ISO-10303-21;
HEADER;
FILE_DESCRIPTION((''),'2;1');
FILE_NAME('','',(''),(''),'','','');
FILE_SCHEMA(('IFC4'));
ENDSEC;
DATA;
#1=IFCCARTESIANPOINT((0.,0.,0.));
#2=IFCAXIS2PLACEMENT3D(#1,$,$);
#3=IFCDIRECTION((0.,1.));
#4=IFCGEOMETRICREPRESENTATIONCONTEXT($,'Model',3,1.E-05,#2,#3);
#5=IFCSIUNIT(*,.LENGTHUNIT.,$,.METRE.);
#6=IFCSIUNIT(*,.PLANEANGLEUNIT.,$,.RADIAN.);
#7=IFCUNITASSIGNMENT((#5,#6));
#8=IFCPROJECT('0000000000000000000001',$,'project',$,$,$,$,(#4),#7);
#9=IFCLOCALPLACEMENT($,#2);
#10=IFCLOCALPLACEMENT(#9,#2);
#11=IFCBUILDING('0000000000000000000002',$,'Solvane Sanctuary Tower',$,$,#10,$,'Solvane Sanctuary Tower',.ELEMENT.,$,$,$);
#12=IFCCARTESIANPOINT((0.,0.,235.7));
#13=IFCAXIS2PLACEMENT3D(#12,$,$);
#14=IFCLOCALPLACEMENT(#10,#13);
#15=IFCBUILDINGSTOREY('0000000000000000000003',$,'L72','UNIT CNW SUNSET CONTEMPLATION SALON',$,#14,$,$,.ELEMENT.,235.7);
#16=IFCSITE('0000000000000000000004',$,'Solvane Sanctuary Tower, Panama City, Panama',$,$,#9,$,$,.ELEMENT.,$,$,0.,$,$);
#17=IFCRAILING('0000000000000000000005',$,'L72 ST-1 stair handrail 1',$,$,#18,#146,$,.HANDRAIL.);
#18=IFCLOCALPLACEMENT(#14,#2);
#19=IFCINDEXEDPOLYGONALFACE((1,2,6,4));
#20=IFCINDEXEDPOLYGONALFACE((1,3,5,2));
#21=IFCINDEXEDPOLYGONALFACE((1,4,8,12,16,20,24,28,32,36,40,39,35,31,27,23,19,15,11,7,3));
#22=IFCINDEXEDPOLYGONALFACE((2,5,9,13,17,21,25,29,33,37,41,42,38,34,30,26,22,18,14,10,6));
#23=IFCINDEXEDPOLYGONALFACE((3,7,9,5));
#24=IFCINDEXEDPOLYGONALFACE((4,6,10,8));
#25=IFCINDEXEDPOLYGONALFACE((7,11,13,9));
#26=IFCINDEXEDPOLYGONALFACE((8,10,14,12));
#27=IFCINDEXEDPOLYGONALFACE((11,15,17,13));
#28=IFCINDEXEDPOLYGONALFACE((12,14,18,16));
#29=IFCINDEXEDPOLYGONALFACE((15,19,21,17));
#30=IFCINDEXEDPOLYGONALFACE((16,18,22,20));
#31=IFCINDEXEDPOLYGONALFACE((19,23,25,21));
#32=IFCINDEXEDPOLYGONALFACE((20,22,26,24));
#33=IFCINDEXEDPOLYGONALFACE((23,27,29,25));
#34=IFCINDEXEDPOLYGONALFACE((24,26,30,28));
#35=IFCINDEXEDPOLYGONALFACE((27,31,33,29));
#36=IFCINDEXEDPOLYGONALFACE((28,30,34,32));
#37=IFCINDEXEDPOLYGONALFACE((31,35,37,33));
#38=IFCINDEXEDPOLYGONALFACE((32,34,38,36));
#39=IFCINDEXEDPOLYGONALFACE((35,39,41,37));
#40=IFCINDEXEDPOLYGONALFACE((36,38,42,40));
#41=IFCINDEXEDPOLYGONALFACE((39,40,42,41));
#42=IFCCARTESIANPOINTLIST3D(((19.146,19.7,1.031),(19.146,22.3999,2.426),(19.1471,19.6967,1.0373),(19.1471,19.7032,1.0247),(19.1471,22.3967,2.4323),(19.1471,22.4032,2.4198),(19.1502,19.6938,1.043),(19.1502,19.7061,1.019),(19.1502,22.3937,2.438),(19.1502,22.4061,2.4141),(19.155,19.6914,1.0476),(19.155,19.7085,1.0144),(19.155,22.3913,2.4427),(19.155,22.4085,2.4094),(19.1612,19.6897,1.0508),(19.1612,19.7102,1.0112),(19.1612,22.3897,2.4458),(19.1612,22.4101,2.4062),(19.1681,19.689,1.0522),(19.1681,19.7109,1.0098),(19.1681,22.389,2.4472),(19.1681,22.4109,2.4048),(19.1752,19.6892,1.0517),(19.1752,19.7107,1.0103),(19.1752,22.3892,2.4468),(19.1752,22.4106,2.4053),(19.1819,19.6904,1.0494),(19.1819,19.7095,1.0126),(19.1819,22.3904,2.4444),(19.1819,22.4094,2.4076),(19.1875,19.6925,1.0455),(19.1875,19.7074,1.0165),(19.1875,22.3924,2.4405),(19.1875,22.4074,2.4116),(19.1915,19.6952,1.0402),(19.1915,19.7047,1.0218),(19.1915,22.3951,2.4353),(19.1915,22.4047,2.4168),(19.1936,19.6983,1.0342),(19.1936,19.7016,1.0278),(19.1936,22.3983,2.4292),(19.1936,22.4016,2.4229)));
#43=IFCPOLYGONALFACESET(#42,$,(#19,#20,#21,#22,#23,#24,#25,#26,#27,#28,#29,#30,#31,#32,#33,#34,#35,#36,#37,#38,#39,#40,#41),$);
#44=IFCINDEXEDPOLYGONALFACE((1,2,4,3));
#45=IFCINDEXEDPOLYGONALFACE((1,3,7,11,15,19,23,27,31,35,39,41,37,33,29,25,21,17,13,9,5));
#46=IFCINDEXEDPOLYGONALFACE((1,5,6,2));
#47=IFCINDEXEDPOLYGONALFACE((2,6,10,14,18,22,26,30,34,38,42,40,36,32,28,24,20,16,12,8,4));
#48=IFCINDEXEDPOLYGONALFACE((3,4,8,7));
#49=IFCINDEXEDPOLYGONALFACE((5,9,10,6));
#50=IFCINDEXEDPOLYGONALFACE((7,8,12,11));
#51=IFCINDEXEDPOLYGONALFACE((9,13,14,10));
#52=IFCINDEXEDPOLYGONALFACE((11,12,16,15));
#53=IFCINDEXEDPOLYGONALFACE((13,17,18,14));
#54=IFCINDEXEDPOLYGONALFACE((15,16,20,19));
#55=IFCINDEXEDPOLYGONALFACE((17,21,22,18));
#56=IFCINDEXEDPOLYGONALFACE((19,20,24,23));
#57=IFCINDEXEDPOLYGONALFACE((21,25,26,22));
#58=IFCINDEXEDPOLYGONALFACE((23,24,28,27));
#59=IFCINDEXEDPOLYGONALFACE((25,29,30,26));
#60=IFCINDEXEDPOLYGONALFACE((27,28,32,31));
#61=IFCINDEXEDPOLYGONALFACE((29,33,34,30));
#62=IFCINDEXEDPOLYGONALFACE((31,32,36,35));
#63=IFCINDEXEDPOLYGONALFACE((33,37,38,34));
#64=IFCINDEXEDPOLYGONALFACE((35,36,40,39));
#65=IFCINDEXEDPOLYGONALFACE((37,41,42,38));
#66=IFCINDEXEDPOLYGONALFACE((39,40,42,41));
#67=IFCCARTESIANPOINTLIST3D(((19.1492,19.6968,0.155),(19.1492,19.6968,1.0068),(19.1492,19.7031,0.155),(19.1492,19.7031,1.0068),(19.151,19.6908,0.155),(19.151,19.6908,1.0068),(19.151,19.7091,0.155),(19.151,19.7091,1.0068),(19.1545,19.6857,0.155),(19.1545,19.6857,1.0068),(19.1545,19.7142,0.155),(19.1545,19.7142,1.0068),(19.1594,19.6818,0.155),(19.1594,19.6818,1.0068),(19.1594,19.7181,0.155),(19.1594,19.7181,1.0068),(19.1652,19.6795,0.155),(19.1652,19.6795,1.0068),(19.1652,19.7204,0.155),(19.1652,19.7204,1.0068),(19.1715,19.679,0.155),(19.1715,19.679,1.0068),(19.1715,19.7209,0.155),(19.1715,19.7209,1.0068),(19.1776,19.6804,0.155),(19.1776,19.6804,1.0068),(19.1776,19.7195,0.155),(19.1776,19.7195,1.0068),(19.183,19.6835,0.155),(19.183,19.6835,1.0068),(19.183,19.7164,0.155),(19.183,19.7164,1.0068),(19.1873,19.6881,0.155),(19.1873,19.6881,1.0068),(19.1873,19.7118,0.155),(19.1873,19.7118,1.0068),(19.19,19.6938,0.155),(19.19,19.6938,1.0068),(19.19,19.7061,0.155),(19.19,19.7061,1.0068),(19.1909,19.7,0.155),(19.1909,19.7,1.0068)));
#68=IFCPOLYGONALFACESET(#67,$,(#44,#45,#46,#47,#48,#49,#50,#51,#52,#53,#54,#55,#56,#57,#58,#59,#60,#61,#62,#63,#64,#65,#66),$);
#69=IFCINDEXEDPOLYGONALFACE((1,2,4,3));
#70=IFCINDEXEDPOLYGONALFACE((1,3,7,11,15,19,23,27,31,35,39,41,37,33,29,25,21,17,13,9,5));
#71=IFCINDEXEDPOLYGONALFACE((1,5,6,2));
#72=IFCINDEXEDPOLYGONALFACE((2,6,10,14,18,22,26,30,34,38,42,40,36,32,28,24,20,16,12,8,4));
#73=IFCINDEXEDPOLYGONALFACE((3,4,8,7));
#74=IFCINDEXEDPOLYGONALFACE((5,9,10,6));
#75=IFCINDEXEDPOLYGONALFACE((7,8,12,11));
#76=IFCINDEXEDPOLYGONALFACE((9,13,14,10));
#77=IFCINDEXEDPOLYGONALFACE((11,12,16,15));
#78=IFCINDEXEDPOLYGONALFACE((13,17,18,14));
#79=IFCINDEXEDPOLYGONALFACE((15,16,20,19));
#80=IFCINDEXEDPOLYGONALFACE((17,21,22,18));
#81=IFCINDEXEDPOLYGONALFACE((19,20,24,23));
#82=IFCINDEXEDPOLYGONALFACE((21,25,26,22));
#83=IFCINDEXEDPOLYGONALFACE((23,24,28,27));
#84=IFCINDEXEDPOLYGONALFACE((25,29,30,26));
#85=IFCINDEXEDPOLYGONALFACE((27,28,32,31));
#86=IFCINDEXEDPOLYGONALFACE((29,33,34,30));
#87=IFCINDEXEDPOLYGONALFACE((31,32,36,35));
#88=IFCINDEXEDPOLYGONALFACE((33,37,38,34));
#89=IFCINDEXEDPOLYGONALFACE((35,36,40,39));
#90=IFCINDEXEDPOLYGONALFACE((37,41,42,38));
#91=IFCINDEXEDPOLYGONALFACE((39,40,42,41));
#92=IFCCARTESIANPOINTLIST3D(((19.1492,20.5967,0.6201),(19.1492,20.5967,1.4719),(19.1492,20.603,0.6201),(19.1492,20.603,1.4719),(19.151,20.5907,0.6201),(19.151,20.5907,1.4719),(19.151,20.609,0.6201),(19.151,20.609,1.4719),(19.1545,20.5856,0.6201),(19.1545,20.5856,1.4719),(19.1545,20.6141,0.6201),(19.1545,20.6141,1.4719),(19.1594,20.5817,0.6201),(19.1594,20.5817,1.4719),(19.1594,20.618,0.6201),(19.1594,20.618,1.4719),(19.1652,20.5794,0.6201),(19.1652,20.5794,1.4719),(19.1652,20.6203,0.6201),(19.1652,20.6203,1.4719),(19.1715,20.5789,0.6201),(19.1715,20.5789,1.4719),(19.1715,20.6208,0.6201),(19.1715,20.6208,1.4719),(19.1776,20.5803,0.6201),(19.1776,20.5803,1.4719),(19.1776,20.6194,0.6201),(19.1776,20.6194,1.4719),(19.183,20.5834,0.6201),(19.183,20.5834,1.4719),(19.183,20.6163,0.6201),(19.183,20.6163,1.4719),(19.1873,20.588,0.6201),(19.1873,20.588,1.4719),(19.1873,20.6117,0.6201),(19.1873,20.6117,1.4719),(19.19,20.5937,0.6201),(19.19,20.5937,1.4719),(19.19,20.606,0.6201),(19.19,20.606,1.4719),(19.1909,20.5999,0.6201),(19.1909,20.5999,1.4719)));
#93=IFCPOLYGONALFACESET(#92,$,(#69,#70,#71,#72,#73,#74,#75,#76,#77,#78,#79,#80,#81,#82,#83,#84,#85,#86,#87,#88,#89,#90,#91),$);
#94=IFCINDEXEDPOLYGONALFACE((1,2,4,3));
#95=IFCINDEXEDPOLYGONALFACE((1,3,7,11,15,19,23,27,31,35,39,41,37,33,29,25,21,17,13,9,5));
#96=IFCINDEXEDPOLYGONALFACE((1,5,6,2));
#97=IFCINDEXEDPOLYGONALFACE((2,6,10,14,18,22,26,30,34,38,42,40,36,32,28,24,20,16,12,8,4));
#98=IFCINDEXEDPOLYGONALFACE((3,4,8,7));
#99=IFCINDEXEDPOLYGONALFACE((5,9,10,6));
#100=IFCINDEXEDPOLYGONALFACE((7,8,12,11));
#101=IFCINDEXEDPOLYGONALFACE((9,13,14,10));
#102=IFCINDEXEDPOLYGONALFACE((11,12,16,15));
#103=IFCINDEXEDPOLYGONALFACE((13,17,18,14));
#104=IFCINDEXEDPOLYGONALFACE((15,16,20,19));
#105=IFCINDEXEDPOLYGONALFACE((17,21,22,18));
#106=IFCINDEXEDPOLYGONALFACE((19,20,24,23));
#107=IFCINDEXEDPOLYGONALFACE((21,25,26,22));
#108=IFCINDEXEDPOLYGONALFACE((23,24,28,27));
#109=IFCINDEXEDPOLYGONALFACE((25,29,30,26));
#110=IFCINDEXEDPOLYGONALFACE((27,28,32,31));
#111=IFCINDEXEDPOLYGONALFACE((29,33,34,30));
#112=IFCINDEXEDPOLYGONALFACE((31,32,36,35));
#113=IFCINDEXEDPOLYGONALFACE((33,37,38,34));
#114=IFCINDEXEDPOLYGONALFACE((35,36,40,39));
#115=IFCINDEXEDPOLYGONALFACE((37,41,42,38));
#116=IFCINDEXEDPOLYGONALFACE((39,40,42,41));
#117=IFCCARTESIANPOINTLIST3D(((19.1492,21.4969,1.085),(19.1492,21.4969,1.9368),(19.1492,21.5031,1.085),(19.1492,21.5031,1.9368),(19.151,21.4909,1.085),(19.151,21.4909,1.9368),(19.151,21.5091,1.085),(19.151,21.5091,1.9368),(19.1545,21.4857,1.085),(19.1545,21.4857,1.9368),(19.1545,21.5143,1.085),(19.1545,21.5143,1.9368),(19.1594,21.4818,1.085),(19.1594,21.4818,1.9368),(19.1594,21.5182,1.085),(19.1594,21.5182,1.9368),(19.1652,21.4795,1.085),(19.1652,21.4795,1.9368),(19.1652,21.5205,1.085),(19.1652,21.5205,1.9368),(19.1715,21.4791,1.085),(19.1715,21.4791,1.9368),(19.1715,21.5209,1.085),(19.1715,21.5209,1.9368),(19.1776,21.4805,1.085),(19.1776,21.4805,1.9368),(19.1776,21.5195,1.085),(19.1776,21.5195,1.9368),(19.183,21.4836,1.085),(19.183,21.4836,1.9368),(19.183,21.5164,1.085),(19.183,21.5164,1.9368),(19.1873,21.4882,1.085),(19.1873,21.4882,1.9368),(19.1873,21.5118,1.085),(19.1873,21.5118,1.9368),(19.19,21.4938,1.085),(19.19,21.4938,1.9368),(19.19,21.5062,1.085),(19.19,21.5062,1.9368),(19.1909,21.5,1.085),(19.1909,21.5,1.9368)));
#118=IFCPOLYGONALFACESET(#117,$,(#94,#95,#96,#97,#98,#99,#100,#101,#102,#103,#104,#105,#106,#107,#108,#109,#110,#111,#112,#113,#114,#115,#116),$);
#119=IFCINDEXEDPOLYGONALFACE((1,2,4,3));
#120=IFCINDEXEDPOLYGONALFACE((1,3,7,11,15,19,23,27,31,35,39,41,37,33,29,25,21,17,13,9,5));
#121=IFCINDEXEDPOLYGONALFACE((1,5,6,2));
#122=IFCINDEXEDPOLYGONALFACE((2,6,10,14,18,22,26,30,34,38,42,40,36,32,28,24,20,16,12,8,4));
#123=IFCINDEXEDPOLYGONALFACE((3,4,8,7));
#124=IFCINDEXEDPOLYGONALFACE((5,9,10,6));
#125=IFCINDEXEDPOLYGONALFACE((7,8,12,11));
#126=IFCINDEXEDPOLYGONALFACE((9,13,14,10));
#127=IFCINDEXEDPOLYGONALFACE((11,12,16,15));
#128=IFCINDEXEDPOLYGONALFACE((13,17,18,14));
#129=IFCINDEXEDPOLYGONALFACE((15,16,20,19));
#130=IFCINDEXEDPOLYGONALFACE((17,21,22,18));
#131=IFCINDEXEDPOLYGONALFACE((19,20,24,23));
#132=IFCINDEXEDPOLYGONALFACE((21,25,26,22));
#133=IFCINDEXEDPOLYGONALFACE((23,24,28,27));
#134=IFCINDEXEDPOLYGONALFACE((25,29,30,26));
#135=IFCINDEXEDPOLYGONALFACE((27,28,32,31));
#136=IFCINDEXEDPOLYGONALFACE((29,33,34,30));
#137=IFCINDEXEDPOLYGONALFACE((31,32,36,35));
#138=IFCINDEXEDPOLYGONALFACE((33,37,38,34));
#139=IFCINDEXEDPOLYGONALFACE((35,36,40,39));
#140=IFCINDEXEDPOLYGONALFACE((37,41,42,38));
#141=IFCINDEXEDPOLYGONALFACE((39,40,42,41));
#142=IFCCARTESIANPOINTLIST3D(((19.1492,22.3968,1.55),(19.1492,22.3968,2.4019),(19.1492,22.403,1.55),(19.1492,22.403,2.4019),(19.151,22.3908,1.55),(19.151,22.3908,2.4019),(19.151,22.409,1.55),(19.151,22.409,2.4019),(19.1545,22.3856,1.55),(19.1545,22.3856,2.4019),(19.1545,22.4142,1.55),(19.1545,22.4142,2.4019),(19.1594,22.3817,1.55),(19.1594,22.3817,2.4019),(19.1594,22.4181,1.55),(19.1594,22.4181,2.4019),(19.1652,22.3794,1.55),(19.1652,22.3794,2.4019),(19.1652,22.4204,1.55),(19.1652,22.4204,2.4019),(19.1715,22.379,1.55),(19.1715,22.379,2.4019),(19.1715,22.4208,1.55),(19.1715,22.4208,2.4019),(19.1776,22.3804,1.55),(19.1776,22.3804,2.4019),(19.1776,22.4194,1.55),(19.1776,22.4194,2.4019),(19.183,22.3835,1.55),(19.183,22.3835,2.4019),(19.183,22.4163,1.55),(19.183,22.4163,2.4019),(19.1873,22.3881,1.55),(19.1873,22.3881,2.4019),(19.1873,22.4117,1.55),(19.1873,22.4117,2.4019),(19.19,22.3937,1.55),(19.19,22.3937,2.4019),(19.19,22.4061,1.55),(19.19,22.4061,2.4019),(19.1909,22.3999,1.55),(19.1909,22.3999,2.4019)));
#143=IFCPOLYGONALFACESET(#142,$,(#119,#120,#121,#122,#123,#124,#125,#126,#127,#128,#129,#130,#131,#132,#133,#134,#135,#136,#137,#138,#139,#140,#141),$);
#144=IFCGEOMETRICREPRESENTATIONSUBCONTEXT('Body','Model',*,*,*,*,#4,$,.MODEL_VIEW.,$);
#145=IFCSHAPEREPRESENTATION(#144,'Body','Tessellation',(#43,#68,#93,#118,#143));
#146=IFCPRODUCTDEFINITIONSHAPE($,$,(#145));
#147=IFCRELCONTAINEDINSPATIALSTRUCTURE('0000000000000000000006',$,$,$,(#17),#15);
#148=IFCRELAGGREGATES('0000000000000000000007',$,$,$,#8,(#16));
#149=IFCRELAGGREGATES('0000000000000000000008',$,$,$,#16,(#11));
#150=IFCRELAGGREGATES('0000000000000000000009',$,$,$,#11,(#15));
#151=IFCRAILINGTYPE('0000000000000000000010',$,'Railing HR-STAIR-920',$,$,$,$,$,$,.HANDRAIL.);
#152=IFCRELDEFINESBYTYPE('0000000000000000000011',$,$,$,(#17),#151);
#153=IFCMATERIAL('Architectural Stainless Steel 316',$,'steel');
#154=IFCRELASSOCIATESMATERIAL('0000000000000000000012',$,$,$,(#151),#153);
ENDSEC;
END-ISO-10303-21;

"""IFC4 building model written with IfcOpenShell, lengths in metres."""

from ifc_helpers import new_model, si_unit, direction, frame, origin, origin_2d, place, context, subcontext, project, spatial, circle, extrude, material, type_object, element, save


model = new_model("IFC4")

# Units and contexts
model_context = context("Model", 3, precision=1e-05, world=origin(), true_north=direction((0.0, 1.0)))
body_context = subcontext(model_context, "Body", "Model", "MODEL_VIEW")
ifc_project = project(units=[si_unit("LENGTHUNIT", "METRE"), si_unit("PLANEANGLEUNIT", "RADIAN")], contexts=[model_context])

# Site, building, storey
site_placement = place(None, origin())
site = spatial("IfcSite", under=ifc_project, at=site_placement, Name="Solvane Sanctuary Tower, Panama City, Panama", CompositionType="ELEMENT", RefElevation=0.0)
building_placement = place(site_placement, origin())
building = spatial("IfcBuilding", under=site, at=building_placement, Name="Solvane Sanctuary Tower", LongName="Solvane Sanctuary Tower", CompositionType="ELEMENT")
storey_placement = place(building_placement, frame((0.0, 0.0, 235.7)))
storey = spatial("IfcBuildingStorey", under=building, at=storey_placement, Name="L72", Description="UNIT CNW SUNSET CONTEMPLATION SALON", CompositionType="ELEMENT", Elevation=235.7)

# Shared definitions
ifc_material_1 = material(Name="Architectural Stainless Steel 316", Category="steel")

# Railing
railing_type_1 = type_object("IfcRailingType", Name="Railing HR-STAIR-920", PredefinedType="HANDRAIL", material=ifc_material_1)
railing_1_placement = place(storey_placement, frame((19.1699, 19.7, 0.155)))
element("IfcRailing", 1, at=railing_1_placement, inside=storey, type_object=railing_type_1, Name="L72 ST-1 stair handrail 1", PredefinedType="HANDRAIL", context=body_context, shape_type="SweptSolid", body=[
    extrude(circle(Radius=0.0239, at=origin_2d()), frame((0.0, 0.0, 0.876), z_axis=(0.0, 0.88842, 0.459032), x_axis=(-1.0, 0.0, 0.0)), (0.0, 0.0, 1.0), 3.0391),
    extrude(circle(Radius=0.021, at=origin_2d()), origin(), (0.0, 0.0, 1.0), 0.8518),
    extrude(circle(Radius=0.021, at=origin_2d()), frame((0.0, 0.8999, 0.4651)), (0.0, 0.0, 1.0), 0.8518),
    extrude(circle(Radius=0.021, at=origin_2d()), frame((0.0, 1.8, 0.9299)), (0.0, 0.0, 1.0), 0.8518),
    extrude(circle(Radius=0.021, at=origin_2d()), frame((0.0, 2.7, 1.395)), (0.0, 0.0, 1.0), 0.8518),
])

save(model, "model.ifc")
